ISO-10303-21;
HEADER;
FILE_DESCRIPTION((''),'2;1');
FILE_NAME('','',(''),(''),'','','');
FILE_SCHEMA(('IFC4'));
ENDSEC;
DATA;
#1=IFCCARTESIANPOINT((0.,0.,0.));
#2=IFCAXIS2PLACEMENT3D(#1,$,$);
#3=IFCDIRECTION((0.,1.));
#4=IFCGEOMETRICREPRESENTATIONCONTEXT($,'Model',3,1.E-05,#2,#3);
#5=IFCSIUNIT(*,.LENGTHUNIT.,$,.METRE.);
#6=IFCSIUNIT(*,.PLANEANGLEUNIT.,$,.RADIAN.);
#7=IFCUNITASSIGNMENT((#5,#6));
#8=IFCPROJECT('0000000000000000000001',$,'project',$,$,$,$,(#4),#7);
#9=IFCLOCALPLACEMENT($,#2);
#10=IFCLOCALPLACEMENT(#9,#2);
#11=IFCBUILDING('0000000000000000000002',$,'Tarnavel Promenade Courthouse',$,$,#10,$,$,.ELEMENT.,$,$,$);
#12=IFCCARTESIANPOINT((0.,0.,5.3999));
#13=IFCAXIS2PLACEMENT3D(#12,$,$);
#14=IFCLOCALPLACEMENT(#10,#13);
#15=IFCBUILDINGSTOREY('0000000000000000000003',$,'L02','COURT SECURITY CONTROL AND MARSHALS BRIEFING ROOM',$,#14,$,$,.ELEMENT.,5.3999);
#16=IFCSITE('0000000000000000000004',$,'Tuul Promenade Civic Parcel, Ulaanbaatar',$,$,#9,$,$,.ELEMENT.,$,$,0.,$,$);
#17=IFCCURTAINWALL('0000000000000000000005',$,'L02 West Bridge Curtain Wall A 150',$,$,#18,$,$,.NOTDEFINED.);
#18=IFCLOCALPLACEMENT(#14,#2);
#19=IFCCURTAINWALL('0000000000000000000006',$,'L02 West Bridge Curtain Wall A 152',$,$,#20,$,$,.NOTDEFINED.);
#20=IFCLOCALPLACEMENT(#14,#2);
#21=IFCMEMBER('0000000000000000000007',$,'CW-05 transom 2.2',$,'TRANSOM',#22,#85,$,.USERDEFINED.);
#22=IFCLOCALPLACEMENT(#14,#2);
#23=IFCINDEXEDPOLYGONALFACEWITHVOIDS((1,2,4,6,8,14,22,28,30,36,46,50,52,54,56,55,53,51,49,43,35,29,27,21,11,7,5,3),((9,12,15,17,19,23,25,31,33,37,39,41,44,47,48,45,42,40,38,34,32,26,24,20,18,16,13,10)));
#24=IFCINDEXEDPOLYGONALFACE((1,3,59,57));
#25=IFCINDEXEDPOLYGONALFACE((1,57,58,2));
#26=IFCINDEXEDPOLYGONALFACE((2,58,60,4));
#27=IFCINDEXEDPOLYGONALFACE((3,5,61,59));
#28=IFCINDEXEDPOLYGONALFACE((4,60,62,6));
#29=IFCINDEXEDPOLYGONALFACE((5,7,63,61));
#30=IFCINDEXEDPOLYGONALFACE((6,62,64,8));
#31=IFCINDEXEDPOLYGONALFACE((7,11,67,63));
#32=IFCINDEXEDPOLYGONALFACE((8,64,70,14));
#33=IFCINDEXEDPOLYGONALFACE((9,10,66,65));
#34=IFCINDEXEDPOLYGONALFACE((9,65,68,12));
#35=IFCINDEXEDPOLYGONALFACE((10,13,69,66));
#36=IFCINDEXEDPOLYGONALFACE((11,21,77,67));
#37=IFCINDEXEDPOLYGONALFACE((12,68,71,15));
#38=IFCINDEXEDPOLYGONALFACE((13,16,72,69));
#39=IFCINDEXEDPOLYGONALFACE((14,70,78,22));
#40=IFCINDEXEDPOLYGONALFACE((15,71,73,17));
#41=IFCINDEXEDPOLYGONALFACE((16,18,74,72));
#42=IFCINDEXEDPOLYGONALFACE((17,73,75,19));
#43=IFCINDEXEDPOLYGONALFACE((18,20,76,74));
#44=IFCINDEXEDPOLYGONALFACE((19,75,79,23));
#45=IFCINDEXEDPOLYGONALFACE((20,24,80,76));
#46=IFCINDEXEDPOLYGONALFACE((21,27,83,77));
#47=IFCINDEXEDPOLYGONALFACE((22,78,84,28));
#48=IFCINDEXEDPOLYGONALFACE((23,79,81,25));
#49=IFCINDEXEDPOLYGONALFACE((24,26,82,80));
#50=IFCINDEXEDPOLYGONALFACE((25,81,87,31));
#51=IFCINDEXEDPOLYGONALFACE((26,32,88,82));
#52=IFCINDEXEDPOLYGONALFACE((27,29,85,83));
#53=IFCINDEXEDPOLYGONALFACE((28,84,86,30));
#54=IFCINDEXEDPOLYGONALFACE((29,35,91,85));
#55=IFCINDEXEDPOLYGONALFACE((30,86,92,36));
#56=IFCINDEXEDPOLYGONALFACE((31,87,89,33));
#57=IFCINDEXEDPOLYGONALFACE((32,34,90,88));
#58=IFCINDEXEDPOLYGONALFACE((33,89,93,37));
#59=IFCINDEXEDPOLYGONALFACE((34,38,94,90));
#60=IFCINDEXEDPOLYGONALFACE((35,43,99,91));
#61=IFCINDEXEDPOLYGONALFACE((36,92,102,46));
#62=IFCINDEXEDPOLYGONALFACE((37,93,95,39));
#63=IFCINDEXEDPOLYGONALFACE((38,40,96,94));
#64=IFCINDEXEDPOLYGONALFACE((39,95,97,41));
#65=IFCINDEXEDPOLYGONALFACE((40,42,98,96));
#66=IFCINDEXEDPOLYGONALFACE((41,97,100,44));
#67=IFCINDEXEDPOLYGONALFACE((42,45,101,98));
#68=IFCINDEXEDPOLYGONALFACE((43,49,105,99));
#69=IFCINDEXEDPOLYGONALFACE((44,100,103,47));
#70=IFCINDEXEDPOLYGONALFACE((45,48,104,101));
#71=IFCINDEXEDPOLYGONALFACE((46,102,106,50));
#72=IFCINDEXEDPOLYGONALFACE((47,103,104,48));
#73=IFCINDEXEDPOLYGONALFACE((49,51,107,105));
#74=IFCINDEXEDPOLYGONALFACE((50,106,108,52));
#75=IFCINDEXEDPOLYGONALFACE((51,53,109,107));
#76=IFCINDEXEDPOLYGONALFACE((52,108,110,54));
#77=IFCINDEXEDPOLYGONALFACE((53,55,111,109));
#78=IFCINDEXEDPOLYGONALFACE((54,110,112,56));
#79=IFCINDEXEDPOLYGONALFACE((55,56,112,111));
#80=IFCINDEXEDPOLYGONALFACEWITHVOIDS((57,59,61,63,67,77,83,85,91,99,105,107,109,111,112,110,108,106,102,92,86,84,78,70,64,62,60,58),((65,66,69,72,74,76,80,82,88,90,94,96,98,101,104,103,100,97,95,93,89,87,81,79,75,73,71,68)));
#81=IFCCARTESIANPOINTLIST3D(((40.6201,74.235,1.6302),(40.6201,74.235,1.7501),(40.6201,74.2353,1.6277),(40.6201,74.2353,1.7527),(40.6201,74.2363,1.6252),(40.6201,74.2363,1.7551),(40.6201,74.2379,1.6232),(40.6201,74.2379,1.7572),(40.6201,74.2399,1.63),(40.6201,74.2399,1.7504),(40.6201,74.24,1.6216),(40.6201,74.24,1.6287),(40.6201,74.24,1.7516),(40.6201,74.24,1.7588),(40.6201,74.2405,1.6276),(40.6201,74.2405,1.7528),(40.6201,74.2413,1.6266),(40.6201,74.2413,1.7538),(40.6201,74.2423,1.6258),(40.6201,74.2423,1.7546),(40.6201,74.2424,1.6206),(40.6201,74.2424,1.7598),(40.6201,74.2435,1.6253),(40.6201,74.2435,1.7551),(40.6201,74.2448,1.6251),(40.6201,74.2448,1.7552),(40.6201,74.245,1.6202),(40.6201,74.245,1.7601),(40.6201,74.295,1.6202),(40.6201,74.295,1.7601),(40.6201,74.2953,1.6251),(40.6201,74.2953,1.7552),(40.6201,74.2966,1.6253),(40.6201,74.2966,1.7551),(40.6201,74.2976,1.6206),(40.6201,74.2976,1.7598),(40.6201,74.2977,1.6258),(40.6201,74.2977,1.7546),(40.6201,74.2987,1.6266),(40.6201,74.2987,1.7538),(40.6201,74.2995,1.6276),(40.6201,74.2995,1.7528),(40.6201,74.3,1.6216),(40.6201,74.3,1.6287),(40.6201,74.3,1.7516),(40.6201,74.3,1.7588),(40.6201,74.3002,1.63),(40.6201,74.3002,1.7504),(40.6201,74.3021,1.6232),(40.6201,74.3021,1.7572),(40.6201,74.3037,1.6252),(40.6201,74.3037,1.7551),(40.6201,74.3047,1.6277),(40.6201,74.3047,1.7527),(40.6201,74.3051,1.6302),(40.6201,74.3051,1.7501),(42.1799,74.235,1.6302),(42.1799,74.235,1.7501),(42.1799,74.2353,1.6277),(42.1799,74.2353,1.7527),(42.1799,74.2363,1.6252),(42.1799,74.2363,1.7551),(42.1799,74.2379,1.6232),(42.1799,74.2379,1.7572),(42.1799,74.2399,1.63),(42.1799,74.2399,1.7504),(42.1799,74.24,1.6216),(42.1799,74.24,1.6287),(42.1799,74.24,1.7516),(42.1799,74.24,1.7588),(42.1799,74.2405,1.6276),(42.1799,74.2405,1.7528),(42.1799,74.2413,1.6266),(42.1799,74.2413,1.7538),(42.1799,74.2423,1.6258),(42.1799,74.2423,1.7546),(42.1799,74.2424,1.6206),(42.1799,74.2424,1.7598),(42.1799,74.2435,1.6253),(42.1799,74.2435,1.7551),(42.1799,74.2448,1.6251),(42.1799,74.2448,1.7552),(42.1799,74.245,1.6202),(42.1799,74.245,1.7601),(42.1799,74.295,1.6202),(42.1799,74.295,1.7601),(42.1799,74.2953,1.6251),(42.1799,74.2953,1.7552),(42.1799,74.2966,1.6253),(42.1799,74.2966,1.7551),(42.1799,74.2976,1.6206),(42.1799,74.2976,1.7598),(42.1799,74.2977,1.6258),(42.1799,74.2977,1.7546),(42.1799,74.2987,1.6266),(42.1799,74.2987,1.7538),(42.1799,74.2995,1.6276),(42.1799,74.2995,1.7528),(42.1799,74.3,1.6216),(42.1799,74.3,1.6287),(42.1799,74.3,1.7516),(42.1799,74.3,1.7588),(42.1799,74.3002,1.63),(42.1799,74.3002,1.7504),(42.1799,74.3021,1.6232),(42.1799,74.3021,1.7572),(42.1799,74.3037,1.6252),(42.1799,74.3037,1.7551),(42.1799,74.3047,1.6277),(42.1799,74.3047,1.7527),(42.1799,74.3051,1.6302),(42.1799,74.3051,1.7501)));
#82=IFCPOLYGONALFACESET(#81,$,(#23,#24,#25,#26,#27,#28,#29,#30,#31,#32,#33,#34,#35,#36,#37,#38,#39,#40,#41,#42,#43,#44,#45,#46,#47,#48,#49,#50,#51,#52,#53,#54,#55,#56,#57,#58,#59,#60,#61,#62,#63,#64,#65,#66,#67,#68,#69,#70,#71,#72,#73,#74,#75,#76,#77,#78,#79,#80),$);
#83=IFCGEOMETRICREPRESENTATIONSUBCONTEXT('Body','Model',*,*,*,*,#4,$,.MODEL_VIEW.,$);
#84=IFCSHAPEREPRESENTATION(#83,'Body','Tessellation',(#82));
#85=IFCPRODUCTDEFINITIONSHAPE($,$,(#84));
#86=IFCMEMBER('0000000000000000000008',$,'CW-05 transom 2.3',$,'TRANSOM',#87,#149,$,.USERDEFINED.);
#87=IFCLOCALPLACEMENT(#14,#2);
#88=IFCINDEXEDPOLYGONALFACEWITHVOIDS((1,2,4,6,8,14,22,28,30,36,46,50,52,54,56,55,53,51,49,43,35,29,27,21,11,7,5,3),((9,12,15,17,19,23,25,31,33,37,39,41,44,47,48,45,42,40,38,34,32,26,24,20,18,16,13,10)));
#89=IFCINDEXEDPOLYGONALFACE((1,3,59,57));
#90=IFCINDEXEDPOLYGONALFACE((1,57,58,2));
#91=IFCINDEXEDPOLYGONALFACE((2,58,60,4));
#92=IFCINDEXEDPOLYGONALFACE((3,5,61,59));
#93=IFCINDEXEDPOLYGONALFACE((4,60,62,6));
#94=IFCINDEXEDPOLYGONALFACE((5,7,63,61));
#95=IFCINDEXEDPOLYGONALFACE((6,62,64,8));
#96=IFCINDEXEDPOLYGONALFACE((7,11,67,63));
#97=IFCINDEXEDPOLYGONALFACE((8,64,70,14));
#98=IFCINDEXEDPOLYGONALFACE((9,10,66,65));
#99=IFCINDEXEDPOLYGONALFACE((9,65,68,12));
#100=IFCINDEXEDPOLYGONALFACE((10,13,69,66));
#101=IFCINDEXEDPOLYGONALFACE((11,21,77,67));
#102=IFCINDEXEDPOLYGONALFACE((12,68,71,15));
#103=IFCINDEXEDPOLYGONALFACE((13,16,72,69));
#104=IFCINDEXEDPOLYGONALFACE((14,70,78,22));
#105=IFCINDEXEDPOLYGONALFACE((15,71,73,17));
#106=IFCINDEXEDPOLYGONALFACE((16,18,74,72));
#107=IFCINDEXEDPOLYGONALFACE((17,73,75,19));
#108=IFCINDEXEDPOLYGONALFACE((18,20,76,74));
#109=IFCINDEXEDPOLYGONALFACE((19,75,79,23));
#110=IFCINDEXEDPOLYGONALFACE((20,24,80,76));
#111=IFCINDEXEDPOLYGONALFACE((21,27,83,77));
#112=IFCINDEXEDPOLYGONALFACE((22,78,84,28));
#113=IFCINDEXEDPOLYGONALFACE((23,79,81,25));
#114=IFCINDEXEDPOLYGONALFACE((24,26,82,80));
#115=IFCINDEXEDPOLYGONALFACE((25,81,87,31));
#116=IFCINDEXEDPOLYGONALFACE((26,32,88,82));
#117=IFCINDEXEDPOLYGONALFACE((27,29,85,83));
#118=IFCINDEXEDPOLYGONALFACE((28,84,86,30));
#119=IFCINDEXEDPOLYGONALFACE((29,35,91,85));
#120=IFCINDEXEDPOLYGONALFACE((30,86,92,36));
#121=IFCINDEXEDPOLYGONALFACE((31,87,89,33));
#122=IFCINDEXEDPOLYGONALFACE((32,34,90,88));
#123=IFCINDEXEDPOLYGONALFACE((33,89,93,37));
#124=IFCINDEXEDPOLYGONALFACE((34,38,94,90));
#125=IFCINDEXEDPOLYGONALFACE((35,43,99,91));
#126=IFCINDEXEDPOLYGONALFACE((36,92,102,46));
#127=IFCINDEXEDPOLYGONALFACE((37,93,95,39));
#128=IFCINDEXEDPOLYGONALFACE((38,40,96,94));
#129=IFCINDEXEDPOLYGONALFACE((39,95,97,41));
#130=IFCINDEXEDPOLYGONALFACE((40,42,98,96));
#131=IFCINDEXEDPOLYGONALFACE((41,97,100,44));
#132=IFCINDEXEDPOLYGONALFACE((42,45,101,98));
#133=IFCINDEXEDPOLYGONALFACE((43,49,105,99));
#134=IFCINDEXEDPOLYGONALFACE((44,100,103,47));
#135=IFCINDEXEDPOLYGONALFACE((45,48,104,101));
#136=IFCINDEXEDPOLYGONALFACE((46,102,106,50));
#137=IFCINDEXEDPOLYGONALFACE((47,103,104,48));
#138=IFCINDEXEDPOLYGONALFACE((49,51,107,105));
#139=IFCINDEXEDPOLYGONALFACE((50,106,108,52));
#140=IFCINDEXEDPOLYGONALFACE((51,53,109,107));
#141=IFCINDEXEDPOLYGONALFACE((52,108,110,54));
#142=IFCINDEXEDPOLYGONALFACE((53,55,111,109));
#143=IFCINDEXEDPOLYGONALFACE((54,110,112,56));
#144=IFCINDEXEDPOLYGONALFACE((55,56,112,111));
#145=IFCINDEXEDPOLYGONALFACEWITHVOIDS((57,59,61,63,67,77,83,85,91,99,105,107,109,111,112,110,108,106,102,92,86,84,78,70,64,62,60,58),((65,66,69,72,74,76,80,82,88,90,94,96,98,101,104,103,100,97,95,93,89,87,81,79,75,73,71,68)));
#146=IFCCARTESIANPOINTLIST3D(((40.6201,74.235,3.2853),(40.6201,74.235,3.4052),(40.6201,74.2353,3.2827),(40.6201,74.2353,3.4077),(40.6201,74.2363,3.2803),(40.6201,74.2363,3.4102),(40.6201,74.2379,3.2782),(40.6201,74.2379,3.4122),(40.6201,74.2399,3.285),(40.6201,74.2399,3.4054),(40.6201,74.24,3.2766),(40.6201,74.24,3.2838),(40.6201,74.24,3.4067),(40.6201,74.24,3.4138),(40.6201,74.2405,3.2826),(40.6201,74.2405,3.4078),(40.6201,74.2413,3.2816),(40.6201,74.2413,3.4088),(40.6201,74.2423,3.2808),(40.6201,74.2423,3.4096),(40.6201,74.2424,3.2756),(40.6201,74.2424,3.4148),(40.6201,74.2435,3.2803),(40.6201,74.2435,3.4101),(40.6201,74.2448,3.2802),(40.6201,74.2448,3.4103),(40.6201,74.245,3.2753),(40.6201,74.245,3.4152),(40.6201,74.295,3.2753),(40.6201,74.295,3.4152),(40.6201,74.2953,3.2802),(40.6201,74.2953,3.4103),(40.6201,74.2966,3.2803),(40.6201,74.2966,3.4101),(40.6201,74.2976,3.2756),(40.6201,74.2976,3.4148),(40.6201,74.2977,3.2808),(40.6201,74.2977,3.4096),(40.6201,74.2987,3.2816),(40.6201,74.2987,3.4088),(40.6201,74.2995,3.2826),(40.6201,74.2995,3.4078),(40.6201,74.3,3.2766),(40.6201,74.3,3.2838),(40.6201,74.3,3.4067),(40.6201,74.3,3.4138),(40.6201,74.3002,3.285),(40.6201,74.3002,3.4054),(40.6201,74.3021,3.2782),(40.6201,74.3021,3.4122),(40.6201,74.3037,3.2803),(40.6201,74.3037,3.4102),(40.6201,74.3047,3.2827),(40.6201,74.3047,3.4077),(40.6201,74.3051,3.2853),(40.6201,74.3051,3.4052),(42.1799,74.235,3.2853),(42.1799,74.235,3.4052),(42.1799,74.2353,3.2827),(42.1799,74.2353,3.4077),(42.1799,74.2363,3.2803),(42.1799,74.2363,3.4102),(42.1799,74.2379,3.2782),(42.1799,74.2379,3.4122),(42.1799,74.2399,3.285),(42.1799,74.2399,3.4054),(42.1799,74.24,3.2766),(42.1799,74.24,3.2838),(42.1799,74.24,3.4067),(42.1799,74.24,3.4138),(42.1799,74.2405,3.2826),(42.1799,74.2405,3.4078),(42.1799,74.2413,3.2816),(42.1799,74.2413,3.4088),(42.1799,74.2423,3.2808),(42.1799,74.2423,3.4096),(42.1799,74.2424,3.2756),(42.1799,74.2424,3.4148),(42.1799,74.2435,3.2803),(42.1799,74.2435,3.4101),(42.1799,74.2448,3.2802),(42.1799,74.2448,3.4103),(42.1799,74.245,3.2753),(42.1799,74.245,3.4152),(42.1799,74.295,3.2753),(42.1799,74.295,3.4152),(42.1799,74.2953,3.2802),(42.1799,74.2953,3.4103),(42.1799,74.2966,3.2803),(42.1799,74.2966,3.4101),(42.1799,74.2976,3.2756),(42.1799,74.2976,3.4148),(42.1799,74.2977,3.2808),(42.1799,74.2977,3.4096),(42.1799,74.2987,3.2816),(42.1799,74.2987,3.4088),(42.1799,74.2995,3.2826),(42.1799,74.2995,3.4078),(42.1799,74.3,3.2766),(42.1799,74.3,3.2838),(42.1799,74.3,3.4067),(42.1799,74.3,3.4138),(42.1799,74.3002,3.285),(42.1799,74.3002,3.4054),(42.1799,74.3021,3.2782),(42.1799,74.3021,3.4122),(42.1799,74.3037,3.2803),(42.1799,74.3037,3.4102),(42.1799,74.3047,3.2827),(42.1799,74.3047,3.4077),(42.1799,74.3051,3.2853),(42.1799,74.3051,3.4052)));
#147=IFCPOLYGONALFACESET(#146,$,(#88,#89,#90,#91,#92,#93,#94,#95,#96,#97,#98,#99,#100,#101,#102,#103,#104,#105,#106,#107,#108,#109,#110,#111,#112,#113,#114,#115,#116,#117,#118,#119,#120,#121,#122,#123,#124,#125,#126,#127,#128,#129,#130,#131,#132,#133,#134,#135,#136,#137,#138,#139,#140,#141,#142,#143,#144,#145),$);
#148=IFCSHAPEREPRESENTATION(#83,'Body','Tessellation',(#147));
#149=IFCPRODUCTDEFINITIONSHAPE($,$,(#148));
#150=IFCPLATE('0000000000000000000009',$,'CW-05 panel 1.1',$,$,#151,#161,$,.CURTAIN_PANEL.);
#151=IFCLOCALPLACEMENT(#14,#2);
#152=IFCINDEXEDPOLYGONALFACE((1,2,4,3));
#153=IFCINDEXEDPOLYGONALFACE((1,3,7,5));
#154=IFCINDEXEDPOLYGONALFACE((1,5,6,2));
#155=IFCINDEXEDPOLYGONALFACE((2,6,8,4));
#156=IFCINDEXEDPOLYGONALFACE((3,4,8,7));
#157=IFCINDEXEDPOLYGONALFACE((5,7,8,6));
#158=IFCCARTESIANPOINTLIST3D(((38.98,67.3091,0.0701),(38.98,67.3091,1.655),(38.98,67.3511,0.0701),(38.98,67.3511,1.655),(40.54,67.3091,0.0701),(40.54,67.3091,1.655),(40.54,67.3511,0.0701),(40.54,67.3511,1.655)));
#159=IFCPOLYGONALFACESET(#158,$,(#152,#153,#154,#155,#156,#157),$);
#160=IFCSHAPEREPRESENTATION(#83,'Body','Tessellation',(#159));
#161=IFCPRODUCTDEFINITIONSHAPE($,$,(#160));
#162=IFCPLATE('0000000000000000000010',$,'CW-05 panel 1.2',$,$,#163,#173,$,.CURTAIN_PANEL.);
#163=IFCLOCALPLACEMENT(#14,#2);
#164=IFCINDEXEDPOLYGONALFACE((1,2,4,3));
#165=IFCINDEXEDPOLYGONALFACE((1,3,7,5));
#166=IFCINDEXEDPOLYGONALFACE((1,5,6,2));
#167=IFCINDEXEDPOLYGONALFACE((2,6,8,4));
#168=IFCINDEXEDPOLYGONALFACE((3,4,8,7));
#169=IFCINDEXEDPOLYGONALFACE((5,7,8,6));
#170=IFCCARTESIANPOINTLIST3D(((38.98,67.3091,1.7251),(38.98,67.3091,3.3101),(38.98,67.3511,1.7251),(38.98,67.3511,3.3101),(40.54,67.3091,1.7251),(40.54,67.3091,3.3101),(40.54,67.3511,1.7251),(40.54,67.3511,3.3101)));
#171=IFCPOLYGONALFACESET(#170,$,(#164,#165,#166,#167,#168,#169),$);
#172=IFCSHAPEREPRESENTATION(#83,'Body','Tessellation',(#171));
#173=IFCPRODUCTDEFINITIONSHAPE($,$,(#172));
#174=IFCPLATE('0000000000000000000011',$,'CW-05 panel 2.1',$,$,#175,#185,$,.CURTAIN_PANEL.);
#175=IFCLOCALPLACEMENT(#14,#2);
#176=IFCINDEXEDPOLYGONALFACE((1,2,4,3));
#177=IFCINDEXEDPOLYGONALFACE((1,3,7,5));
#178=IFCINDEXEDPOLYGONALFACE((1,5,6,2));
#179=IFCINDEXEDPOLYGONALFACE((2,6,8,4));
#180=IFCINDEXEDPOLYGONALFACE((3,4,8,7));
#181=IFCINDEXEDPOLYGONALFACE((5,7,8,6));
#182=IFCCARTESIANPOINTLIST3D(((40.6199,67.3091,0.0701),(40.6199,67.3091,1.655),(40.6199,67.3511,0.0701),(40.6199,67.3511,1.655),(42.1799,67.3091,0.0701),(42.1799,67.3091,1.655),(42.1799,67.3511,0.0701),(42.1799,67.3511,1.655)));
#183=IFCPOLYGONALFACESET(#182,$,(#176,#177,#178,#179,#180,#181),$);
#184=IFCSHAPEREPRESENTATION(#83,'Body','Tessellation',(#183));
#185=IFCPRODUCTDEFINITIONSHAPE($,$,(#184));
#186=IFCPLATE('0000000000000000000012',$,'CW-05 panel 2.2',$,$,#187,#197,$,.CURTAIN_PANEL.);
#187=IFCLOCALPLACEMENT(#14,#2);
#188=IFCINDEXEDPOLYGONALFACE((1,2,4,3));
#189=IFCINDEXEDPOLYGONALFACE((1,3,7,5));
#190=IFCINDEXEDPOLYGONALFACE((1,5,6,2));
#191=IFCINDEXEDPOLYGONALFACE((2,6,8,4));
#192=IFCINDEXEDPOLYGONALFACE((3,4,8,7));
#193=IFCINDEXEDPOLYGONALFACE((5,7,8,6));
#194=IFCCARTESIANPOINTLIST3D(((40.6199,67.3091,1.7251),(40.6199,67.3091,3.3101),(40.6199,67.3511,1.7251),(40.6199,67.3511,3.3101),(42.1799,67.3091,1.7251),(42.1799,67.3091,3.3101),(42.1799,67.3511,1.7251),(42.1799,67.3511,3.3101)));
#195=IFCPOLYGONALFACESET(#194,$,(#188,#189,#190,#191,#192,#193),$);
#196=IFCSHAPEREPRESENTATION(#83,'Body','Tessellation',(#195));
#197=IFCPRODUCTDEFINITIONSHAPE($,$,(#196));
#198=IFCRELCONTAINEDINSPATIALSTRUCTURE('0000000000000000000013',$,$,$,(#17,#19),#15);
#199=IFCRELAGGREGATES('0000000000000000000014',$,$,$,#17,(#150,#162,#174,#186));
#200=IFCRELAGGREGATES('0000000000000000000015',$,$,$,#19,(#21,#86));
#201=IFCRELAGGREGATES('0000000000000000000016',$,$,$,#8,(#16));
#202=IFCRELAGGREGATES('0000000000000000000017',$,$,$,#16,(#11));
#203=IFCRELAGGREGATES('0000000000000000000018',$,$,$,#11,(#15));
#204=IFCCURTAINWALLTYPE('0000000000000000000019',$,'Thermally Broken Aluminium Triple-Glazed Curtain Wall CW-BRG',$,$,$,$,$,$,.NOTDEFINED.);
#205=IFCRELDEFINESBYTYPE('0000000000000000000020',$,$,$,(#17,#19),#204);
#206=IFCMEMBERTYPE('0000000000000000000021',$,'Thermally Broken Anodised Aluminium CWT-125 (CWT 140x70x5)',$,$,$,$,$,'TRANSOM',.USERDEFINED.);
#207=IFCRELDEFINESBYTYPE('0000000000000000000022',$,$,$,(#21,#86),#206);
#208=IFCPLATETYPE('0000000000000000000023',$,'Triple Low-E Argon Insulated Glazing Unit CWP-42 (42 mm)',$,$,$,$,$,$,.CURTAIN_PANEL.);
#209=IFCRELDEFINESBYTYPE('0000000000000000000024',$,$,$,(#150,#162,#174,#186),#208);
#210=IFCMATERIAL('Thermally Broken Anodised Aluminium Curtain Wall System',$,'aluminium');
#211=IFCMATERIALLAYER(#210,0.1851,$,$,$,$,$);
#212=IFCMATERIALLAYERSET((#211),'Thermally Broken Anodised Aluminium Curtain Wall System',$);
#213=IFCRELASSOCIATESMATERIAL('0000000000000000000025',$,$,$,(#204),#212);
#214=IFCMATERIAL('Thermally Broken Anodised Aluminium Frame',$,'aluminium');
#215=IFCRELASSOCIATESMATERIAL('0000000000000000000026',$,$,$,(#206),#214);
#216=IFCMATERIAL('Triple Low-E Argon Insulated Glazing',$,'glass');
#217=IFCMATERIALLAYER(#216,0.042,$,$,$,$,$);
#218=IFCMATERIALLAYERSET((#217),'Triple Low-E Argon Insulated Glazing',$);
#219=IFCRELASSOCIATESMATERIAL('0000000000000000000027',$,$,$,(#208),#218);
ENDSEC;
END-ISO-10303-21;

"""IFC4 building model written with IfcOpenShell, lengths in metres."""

from ifc_helpers import new_model, si_unit, direction, frame, origin, origin_2d, place, context, subcontext, project, spatial, rectangle, hollow_rectangle, extrude, material, layer, layer_set, material_profile, profile_set, type_object, element, aggregate, save


model = new_model("IFC4")

# Units and contexts
model_context = context("Model", 3, precision=1e-05, world=origin(), true_north=direction((0.0, 1.0)))
body_context = subcontext(model_context, "Body", "Model", "MODEL_VIEW")
ifc_project = project(units=[si_unit("LENGTHUNIT", "METRE"), si_unit("PLANEANGLEUNIT", "RADIAN")], contexts=[model_context])

# Site, building, storey
site_placement = place(None, origin())
site = spatial("IfcSite", under=ifc_project, at=site_placement, Name="Tuul Promenade Civic Parcel, Ulaanbaatar", CompositionType="ELEMENT", RefElevation=0.0)
building_placement = place(site_placement, origin())
building = spatial("IfcBuilding", under=site, at=building_placement, Name="Tarnavel Promenade Courthouse", CompositionType="ELEMENT")
storey_placement = place(building_placement, frame((0.0, 0.0, 5.3999)))
storey = spatial("IfcBuildingStorey", under=building, at=storey_placement, Name="L02", Description="COURT SECURITY CONTROL AND MARSHALS BRIEFING ROOM", CompositionType="ELEMENT", Elevation=5.3999)

# Curtain walls
ifc_material_1 = material(Name="Thermally Broken Anodised Aluminium Curtain Wall System", Category="aluminium")
ifc_layer_1 = layer(ifc_material_1, 0.1851)
ifc_layer_set_1 = layer_set([ifc_layer_1], Name="Thermally Broken Anodised Aluminium Curtain Wall System")
curtain_wall_type = type_object("IfcCurtainWallType", Name="Thermally Broken Aluminium Triple-Glazed Curtain Wall CW-BRG", PredefinedType="NOTDEFINED", material=ifc_layer_set_1)
curtain_wall_1_placement = place(storey_placement, origin())
curtain_wall_1 = element("IfcCurtainWall", 1, at=curtain_wall_1_placement, inside=storey, type_object=curtain_wall_type, Name="L02 West Bridge Curtain Wall A 150", PredefinedType="NOTDEFINED")
ifc_material_2 = material(Name="Thermally Broken Anodised Aluminium Frame", Category="aluminium")
curtain_wall_2_placement = place(storey_placement, origin())
curtain_wall_2 = element("IfcCurtainWall", 2, at=curtain_wall_2_placement, inside=storey, type_object=curtain_wall_type, Name="L02 West Bridge Curtain Wall A 152", PredefinedType="NOTDEFINED")

# Members
ifc_material_profile_1 = material_profile(ifc_material_2, hollow_rectangle(XDim=0.0701, YDim=0.1399, WallThickness=0.0049, InnerFilletRadius=0.0049, OuterFilletRadius=0.01, at=origin_2d()), Name="CWT 140x70x5")
ifc_profile_set_1 = profile_set([ifc_material_profile_1], Name="Thermally Broken Anodised Aluminium Frame")
member_type_1 = type_object("IfcMemberType", Name="Thermally Broken Anodised Aluminium CWT-125 (CWT 140x70x5)", ElementType="TRANSOM", PredefinedType="USERDEFINED", material=ifc_profile_set_1)
member_1_placement = place(storey_placement, frame((40.6201, 74.27, 1.6902), z_axis=(1.0, 0.0, 0.0), x_axis=(0.0, 1.0, 0.0)))
member_1 = element("IfcMember", 3, at=member_1_placement, type_object=member_type_1, Name="CW-05 transom 2.2", ObjectType="TRANSOM", PredefinedType="USERDEFINED", context=body_context, shape_type="SweptSolid", body=[
    extrude(hollow_rectangle(XDim=0.0701, YDim=0.1399, WallThickness=0.0049, InnerFilletRadius=0.0049, OuterFilletRadius=0.01, at=origin_2d()), origin(), (0.0, 0.0, 1.0), 1.5598),
])
member_2_placement = place(storey_placement, frame((40.6201, 74.27, 3.3452), z_axis=(1.0, 0.0, 0.0), x_axis=(0.0, 1.0, 0.0)))
member_2 = element("IfcMember", 4, at=member_2_placement, type_object=member_type_1, Name="CW-05 transom 2.3", ObjectType="TRANSOM", PredefinedType="USERDEFINED", context=body_context, shape_type="SweptSolid", body=[
    extrude(hollow_rectangle(XDim=0.0701, YDim=0.1399, WallThickness=0.0049, InnerFilletRadius=0.0049, OuterFilletRadius=0.01, at=origin_2d()), origin(), (0.0, 0.0, 1.0), 1.5598),
])

# Plates
ifc_material_3 = material(Name="Triple Low-E Argon Insulated Glazing", Category="glass")
ifc_layer_2 = layer(ifc_material_3, 0.042)
ifc_layer_set_2 = layer_set([ifc_layer_2], Name="Triple Low-E Argon Insulated Glazing")
plate_type = type_object("IfcPlateType", Name="Triple Low-E Argon Insulated Glazing Unit CWP-42 (42 mm)", PredefinedType="CURTAIN_PANEL", material=ifc_layer_set_2)
plate_1_placement = place(storey_placement, frame((39.76, 67.3301, 0.0701), z_axis=(0.0, 0.0, 1.0), x_axis=(1.0, 0.0, 0.0)))
plate_1 = element("IfcPlate", 5, at=plate_1_placement, type_object=plate_type, Name="CW-05 panel 1.1", PredefinedType="CURTAIN_PANEL", context=body_context, shape_type="SweptSolid", body=[
    extrude(rectangle(XDim=1.5601, YDim=0.042, at=origin_2d()), origin(), (0.0, 0.0, 1.0), 1.585),
])
plate_2_placement = place(storey_placement, frame((39.76, 67.3301, 1.7251), z_axis=(0.0, 0.0, 1.0), x_axis=(1.0, 0.0, 0.0)))
plate_2 = element("IfcPlate", 6, at=plate_2_placement, type_object=plate_type, Name="CW-05 panel 1.2", PredefinedType="CURTAIN_PANEL", context=body_context, shape_type="SweptSolid", body=[
    extrude(rectangle(XDim=1.5601, YDim=0.042, at=origin_2d()), origin(), (0.0, 0.0, 1.0), 1.585),
])
plate_3_placement = place(storey_placement, frame((41.3999, 67.3301, 0.0701), z_axis=(0.0, 0.0, 1.0), x_axis=(1.0, 0.0, 0.0)))
plate_3 = element("IfcPlate", 7, at=plate_3_placement, type_object=plate_type, Name="CW-05 panel 2.1", PredefinedType="CURTAIN_PANEL", context=body_context, shape_type="SweptSolid", body=[
    extrude(rectangle(XDim=1.5601, YDim=0.042, at=origin_2d()), origin(), (0.0, 0.0, 1.0), 1.585),
])
plate_4_placement = place(storey_placement, frame((41.3999, 67.3301, 1.7251), z_axis=(0.0, 0.0, 1.0), x_axis=(1.0, 0.0, 0.0)))
plate_4 = element("IfcPlate", 8, at=plate_4_placement, type_object=plate_type, Name="CW-05 panel 2.2", PredefinedType="CURTAIN_PANEL", context=body_context, shape_type="SweptSolid", body=[
    extrude(rectangle(XDim=1.5601, YDim=0.042, at=origin_2d()), origin(), (0.0, 0.0, 1.0), 1.585),
])
aggregate(curtain_wall_1, [plate_1, plate_2, plate_3, plate_4])
aggregate(curtain_wall_2, [member_1, member_2])

save(model, "model.ifc")
